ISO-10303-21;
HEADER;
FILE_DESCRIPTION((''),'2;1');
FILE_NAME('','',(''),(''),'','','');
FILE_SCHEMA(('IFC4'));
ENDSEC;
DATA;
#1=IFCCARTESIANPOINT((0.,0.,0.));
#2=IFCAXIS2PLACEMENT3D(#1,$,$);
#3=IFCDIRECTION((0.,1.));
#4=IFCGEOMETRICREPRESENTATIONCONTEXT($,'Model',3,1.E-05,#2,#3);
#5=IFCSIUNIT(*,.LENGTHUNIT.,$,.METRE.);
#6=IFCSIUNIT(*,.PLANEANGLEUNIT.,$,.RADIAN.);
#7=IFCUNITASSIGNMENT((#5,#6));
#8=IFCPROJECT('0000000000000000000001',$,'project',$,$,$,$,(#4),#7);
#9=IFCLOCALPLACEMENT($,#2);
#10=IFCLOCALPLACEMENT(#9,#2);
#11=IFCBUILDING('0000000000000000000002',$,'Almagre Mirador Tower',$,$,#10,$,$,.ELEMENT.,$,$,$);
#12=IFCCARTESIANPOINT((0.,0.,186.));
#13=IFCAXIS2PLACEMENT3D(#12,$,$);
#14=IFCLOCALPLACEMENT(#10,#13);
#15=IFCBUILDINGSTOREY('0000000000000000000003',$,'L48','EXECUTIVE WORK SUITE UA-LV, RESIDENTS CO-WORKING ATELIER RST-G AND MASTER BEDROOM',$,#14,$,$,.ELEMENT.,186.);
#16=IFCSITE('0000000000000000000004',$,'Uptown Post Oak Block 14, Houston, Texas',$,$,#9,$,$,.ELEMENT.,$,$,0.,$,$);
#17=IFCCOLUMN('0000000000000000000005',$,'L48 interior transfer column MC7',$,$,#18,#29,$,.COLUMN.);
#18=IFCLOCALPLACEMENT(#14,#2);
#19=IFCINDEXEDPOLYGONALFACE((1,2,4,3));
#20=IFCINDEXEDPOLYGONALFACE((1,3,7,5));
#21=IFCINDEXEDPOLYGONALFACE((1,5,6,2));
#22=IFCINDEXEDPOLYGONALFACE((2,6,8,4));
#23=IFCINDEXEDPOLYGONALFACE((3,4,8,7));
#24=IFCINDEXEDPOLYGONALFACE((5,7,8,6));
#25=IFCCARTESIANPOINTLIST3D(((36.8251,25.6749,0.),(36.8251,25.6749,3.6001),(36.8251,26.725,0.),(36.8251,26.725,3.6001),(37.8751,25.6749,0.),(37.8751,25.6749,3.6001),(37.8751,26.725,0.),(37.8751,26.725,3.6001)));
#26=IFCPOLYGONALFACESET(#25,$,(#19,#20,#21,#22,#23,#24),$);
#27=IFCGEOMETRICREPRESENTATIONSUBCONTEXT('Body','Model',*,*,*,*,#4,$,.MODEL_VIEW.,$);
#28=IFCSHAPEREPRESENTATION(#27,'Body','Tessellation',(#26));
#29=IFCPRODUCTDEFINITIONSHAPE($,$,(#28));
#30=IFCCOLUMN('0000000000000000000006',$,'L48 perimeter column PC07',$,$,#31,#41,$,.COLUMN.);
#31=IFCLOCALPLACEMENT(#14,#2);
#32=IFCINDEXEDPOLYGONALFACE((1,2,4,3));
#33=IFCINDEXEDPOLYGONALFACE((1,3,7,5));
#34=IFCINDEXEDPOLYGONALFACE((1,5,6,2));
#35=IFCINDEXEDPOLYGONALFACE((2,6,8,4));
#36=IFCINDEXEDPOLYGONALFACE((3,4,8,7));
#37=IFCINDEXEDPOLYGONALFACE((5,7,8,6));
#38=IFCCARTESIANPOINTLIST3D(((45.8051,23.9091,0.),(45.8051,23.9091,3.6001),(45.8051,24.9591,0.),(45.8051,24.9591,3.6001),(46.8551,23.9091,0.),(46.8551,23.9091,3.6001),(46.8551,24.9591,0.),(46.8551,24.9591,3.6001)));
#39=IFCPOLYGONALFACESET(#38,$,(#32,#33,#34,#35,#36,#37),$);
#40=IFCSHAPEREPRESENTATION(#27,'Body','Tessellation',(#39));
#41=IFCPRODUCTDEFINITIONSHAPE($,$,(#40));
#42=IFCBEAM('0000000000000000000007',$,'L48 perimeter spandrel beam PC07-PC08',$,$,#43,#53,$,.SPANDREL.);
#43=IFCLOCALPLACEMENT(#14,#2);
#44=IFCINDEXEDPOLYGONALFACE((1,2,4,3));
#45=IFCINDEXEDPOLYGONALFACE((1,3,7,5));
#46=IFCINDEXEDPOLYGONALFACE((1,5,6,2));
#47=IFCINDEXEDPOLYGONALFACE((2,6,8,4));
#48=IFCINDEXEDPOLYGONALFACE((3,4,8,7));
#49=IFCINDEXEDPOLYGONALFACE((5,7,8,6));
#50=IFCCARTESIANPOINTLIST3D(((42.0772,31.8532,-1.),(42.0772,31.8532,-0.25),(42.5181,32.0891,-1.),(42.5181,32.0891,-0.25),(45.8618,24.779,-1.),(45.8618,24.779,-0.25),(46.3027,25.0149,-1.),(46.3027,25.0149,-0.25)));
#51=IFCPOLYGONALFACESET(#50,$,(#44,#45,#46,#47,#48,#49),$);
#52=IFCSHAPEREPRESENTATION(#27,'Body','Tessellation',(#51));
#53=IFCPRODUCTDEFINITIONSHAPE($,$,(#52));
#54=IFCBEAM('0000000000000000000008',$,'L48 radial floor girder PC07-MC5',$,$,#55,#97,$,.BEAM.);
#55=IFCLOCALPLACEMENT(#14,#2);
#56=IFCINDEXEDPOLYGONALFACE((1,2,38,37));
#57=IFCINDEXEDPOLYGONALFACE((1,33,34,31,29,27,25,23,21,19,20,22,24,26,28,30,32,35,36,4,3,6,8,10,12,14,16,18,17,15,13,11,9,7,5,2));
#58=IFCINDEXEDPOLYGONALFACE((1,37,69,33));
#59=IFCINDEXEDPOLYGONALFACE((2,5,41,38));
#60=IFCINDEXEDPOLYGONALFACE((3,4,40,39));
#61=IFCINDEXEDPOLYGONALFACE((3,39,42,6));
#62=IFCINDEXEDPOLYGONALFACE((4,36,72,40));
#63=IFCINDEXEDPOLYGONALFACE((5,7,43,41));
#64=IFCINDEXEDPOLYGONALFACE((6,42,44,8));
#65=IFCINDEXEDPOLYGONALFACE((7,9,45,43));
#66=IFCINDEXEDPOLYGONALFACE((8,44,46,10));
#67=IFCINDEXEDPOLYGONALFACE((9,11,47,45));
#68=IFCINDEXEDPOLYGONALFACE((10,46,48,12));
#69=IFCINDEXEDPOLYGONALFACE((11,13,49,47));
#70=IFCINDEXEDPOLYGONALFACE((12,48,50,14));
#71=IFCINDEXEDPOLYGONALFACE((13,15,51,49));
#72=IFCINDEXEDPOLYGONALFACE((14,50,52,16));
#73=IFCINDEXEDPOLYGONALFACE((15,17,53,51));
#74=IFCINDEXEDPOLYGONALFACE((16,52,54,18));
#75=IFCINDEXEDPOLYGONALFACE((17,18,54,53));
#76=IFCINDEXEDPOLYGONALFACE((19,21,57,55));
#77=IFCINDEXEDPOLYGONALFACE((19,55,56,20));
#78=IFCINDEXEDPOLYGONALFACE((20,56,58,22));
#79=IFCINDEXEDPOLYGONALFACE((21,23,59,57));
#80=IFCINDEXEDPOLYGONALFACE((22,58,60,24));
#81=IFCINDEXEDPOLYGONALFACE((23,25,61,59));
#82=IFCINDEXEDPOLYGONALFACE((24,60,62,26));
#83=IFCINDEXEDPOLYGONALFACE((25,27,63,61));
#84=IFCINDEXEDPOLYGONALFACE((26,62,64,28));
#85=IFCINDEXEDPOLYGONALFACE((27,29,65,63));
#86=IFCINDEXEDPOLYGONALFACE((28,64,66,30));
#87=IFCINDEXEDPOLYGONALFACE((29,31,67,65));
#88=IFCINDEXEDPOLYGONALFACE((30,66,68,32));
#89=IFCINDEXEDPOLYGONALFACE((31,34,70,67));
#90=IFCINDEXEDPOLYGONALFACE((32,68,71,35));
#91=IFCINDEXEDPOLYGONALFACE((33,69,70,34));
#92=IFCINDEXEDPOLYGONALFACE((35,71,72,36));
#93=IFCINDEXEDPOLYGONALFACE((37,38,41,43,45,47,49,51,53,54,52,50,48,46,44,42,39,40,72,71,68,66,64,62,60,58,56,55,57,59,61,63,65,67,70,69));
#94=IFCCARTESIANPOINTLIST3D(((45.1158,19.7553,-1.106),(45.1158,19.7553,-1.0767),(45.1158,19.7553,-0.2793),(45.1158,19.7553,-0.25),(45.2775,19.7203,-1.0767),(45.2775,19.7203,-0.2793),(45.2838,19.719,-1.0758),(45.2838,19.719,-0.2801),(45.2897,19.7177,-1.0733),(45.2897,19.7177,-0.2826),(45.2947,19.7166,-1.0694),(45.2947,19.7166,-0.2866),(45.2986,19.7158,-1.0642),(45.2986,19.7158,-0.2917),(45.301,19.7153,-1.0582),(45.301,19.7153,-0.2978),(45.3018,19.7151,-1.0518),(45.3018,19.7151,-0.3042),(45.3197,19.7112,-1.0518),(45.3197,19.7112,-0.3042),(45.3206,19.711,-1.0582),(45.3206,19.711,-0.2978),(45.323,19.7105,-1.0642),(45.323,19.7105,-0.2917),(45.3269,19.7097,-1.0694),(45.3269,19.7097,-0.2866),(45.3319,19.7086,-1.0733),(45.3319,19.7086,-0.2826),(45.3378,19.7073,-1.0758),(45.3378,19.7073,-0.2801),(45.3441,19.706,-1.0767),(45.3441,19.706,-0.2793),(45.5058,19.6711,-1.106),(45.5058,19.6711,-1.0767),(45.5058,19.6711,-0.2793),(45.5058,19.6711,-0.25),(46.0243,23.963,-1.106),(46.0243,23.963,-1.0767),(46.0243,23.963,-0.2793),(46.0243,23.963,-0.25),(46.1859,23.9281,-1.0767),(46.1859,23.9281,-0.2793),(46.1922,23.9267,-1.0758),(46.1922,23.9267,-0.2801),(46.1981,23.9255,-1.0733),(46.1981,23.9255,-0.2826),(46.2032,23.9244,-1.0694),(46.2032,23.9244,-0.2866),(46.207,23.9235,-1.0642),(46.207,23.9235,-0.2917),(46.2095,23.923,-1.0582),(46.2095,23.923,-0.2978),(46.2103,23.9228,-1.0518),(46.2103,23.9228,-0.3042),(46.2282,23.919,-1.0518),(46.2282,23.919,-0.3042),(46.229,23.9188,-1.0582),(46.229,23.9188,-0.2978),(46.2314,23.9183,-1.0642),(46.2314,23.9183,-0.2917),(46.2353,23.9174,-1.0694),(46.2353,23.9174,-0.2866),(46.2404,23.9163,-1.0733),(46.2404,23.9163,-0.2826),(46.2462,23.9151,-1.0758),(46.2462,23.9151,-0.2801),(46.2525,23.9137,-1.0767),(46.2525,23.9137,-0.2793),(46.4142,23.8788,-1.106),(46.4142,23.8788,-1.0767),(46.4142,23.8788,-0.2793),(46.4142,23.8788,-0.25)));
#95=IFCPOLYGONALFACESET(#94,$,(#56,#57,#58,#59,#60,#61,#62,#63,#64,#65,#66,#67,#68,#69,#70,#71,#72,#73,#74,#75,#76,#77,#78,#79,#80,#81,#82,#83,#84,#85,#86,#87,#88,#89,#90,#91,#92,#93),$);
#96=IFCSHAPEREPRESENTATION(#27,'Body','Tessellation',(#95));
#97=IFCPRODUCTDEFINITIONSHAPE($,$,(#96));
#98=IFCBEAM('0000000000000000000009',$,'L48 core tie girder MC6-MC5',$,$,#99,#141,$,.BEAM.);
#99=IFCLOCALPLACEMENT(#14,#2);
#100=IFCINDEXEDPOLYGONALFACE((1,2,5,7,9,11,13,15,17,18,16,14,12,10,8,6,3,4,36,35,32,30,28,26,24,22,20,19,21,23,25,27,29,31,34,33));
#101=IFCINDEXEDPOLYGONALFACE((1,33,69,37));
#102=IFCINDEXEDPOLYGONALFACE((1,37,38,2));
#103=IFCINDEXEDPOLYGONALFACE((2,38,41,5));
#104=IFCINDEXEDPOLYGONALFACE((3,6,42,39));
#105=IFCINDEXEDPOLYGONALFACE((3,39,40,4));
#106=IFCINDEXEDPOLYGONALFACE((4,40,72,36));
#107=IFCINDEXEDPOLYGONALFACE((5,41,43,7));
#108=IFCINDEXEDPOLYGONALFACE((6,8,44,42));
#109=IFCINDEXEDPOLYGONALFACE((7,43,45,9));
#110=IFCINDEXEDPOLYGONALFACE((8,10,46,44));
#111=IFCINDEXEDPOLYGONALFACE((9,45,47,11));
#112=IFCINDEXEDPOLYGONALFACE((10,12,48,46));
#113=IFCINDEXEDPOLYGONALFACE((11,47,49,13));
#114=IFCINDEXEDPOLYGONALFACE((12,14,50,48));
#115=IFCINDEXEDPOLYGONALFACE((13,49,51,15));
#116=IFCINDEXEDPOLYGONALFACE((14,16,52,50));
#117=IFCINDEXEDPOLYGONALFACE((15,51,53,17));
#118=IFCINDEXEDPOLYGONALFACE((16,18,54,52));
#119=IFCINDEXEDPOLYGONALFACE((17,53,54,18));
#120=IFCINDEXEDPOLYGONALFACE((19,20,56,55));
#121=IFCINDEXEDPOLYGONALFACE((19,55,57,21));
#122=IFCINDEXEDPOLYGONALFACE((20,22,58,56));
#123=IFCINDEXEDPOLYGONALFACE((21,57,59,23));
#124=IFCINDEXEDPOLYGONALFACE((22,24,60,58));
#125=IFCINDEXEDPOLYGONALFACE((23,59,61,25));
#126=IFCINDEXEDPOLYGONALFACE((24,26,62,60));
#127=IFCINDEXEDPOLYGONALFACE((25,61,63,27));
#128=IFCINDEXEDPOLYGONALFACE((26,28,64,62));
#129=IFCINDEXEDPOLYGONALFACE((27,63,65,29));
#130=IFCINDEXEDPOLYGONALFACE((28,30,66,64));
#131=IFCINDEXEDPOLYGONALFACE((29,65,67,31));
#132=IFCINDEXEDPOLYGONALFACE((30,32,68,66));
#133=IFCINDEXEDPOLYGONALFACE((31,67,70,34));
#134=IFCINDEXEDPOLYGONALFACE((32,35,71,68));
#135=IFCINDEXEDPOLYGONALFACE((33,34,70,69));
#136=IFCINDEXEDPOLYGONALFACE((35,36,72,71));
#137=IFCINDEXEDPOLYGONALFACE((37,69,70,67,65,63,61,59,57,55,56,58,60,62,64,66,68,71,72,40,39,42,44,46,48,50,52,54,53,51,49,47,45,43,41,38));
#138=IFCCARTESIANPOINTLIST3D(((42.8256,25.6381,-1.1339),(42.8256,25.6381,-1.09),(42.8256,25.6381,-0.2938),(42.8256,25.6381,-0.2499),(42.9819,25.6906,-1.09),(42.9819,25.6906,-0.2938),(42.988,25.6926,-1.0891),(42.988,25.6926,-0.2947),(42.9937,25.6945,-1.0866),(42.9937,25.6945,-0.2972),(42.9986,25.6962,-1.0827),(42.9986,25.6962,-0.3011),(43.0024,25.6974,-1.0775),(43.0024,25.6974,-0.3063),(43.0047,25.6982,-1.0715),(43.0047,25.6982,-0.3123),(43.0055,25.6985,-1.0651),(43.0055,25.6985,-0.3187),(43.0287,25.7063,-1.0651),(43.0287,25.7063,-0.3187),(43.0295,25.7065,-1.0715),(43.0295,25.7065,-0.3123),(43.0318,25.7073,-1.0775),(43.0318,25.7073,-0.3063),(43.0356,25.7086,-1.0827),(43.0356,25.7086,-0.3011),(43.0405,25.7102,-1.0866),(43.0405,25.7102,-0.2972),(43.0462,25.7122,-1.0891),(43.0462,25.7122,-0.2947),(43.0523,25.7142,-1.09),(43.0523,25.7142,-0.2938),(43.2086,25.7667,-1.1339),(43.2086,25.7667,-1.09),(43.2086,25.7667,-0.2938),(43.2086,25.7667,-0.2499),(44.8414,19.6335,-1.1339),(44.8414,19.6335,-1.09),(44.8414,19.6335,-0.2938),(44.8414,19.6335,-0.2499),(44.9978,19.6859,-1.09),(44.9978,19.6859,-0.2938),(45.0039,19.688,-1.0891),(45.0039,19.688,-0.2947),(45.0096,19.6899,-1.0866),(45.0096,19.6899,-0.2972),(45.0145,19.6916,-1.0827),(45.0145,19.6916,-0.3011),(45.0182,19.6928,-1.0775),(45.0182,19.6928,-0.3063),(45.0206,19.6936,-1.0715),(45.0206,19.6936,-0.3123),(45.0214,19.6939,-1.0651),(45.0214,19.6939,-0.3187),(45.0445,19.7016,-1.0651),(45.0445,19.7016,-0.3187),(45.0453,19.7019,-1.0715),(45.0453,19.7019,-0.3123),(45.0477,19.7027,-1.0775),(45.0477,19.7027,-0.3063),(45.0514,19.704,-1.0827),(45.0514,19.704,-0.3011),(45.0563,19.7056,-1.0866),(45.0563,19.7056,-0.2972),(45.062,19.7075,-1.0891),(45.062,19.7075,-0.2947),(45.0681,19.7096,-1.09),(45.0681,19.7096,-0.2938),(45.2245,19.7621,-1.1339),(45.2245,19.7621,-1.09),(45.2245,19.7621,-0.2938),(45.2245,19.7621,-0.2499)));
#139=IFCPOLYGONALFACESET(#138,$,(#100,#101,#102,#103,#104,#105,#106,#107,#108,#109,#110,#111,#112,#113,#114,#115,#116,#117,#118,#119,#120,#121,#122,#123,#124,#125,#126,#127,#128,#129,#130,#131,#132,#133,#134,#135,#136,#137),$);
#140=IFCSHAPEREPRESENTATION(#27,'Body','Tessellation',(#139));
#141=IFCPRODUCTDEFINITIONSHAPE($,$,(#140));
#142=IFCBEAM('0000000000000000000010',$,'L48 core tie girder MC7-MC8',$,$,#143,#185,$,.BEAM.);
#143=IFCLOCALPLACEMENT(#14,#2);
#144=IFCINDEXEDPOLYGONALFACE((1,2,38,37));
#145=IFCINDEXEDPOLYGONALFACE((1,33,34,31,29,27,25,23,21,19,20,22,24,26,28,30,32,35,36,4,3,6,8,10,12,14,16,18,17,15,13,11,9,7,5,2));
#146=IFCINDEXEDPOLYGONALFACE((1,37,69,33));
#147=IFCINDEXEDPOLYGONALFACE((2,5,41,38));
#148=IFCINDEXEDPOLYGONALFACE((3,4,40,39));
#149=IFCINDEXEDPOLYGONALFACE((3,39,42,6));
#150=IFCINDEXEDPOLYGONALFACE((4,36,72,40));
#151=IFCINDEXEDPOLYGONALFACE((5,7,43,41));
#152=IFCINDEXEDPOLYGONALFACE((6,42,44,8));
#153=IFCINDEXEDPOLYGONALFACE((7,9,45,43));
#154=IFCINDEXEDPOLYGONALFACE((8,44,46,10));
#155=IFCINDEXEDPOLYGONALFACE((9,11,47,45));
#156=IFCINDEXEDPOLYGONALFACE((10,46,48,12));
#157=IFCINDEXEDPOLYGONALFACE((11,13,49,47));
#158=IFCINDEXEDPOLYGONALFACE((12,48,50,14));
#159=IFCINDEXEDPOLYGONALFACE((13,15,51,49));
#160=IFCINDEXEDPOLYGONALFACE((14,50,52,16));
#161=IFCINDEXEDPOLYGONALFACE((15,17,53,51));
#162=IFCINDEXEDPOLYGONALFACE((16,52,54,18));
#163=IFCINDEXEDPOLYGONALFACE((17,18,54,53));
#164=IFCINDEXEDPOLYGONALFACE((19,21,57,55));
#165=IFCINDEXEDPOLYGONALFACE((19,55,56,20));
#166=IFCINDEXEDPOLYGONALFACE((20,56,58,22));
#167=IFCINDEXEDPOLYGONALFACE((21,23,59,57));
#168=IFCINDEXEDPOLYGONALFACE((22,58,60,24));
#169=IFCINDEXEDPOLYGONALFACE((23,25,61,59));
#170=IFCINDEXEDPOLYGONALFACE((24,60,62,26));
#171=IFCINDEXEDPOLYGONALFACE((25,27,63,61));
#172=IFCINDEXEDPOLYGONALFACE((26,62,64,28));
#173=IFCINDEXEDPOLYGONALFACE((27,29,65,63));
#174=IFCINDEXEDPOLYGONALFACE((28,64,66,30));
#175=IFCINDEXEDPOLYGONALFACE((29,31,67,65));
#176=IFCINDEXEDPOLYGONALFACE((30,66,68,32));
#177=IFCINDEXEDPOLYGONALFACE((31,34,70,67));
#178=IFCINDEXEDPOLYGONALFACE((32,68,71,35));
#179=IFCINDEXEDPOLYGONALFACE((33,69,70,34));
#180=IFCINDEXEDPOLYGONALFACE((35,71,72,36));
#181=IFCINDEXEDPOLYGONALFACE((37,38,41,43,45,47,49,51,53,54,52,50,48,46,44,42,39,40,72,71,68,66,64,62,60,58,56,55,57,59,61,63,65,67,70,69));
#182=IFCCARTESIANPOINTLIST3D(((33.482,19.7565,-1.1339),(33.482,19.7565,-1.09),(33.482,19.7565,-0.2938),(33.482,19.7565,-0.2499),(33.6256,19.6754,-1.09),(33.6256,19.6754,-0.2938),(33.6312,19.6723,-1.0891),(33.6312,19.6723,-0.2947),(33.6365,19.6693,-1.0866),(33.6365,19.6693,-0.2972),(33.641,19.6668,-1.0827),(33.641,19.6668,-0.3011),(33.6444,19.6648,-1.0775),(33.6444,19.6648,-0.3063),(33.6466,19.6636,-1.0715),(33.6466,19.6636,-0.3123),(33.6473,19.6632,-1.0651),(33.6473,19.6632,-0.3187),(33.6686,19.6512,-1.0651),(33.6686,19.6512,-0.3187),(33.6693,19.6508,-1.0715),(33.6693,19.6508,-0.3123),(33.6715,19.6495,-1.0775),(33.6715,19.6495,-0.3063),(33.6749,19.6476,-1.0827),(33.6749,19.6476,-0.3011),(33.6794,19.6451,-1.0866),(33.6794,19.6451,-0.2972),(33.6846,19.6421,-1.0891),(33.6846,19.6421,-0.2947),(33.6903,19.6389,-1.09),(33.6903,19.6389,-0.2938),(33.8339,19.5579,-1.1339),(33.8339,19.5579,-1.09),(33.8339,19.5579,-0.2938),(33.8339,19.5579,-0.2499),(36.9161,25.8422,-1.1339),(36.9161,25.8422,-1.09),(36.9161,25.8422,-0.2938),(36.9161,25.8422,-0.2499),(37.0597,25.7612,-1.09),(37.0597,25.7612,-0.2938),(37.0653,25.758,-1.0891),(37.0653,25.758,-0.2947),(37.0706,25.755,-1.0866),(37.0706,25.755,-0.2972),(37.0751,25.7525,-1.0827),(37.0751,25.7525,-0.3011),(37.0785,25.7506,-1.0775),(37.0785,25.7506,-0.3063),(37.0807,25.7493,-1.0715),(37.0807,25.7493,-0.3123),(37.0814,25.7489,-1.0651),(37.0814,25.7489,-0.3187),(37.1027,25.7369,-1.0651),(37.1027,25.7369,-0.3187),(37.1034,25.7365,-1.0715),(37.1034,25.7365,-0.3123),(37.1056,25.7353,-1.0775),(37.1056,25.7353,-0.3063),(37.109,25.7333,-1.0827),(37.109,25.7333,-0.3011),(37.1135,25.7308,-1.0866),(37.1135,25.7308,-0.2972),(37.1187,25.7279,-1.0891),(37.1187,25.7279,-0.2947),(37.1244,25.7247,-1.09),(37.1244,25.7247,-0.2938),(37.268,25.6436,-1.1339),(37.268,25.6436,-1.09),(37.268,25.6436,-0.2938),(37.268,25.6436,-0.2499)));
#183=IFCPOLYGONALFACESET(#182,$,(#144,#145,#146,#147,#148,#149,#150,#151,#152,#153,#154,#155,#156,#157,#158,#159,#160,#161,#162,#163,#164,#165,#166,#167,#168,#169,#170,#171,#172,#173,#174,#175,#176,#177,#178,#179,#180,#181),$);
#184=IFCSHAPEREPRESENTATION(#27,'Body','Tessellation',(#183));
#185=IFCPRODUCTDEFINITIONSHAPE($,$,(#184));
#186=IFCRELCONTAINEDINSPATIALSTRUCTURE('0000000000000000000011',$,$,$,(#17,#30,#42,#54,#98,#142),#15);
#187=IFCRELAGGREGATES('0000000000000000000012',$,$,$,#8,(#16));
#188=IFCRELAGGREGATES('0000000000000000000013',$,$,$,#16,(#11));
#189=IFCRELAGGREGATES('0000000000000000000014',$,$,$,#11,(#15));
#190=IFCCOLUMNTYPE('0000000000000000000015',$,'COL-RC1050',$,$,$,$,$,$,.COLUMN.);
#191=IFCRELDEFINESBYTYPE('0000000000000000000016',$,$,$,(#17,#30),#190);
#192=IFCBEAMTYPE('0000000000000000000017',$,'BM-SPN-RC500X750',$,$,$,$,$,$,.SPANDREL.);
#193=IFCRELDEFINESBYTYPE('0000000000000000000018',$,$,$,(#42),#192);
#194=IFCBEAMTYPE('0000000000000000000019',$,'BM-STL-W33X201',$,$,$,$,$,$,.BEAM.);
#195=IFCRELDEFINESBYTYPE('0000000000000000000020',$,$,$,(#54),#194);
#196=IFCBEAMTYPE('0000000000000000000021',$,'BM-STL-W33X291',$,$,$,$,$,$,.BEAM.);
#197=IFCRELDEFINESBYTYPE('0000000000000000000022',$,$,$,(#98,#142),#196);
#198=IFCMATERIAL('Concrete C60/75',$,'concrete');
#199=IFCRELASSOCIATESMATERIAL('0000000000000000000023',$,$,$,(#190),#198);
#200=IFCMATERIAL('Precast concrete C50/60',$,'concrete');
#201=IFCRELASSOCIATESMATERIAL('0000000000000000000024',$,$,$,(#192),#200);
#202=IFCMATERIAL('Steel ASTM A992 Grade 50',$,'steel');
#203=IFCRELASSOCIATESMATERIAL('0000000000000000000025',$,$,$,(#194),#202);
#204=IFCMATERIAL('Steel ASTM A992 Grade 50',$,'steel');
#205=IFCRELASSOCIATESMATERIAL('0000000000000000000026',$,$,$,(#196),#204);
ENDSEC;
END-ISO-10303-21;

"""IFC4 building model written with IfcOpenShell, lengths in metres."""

from ifc_helpers import new_model, si_unit, direction, frame, origin, origin_2d, place, context, subcontext, project, spatial, rectangle, i_section, extrude, material, material_profile, profile_set, type_object, element, save


model = new_model("IFC4")

# Units and contexts
model_context = context("Model", 3, precision=1e-05, world=origin(), true_north=direction((0.0, 1.0)))
body_context = subcontext(model_context, "Body", "Model", "MODEL_VIEW")
ifc_project = project(units=[si_unit("LENGTHUNIT", "METRE"), si_unit("PLANEANGLEUNIT", "RADIAN")], contexts=[model_context])

# Site, building, storey
site_placement = place(None, origin())
site = spatial("IfcSite", under=ifc_project, at=site_placement, Name="Uptown Post Oak Block 14, Houston, Texas", CompositionType="ELEMENT", RefElevation=0.0)
building_placement = place(site_placement, origin())
building = spatial("IfcBuilding", under=site, at=building_placement, Name="Almagre Mirador Tower", CompositionType="ELEMENT")
storey_placement = place(building_placement, frame((0.0, 0.0, 186.0)))
storey = spatial("IfcBuildingStorey", under=building, at=storey_placement, Name="L48", Description="EXECUTIVE WORK SUITE UA-LV, RESIDENTS CO-WORKING ATELIER RST-G AND MASTER BEDROOM", CompositionType="ELEMENT", Elevation=186.0)

# Columns
ifc_material_1 = material(Name="Concrete C60/75", Category="concrete")
ifc_material_profile_1 = material_profile(ifc_material_1, rectangle(XDim=1.05, YDim=1.05, at=origin_2d()), Name="RC1050X1050")
ifc_profile_set_1 = profile_set([ifc_material_profile_1], Name="Concrete C60/75")
column_type = type_object("IfcColumnType", Name="COL-RC1050", PredefinedType="COLUMN", material=ifc_profile_set_1)
for number, where, z_axis, x_axis, name in (
    (1, (37.3501, 26.2, 0.0), (0.0, 0.0, 1.0), (1.0, 0.0, 0.0), "L48 interior transfer column MC7"),
    (2, (46.3301, 24.4341, 0.0), (0.0, 0.0, 1.0), (1.0, 0.0, 0.0), "L48 perimeter column PC07"),
):
    element("IfcColumn", number, at=place(storey_placement, frame(where, z_axis=z_axis, x_axis=x_axis)), inside=storey, type_object=column_type, Name=name, PredefinedType="COLUMN", context=body_context, shape_type="SweptSolid", body=[
        extrude(rectangle(XDim=1.05, YDim=1.05, at=origin_2d()), origin(), (0.0, 0.0, 1.0), 3.6001),
    ])

# Beams
ifc_material_2 = material(Name="Precast concrete C50/60", Category="concrete")
ifc_material_profile_2 = material_profile(ifc_material_2, rectangle(XDim=0.5, YDim=0.75, at=origin_2d()), Name="RC500X750")
ifc_profile_set_2 = profile_set([ifc_material_profile_2], Name="Precast concrete C50/60")
beam_type_1 = type_object("IfcBeamType", Name="BM-SPN-RC500X750", PredefinedType="SPANDREL", material=ifc_profile_set_2)
beam_1_placement = place(storey_placement, frame((46.0823, 24.897, -0.625), z_axis=(-0.471728, 0.881744, 0.0), x_axis=(-0.881744, -0.471728, 0.0)))
element("IfcBeam", 3, at=beam_1_placement, inside=storey, type_object=beam_type_1, Name="L48 perimeter spandrel beam PC07-PC08", PredefinedType="SPANDREL", context=body_context, shape_type="SweptSolid", body=[
    extrude(rectangle(XDim=0.5, YDim=0.75, at=origin_2d()), origin(), (0.0, 0.0, 1.0), 8.0229),
])
ifc_material_3 = material(Name="Steel ASTM A992 Grade 50", Category="steel")
ifc_material_profile_3 = material_profile(ifc_material_3, i_section(OverallWidth=0.3989, OverallDepth=0.856, WebThickness=0.0183, FlangeThickness=0.0293, FilletRadius=0.0249, at=origin_2d()), Name="W33X201")
ifc_profile_set_3 = profile_set([ifc_material_profile_3], Name="Steel ASTM A992 Grade 50")
beam_type_2 = type_object("IfcBeamType", Name="BM-STL-W33X201", PredefinedType="BEAM", material=ifc_profile_set_3)
beam_2_placement = place(storey_placement, frame((46.2192, 23.9209, -0.678), z_axis=(-0.211036, -0.977478, 0.0), x_axis=(0.977478, -0.211036, 0.0)))
element("IfcBeam", 4, at=beam_2_placement, inside=storey, type_object=beam_type_2, Name="L48 radial floor girder PC07-MC5", PredefinedType="BEAM", context=body_context, shape_type="SweptSolid", body=[
    extrude(i_section(OverallWidth=0.3989, OverallDepth=0.856, WebThickness=0.0183, FlangeThickness=0.0293, FilletRadius=0.0249, at=origin_2d()), origin(), (0.0, 0.0, 1.0), 4.3047),
])
ifc_material_4 = material(Name="Steel ASTM A992 Grade 50", Category="steel")
ifc_material_profile_4 = material_profile(ifc_material_4, i_section(OverallWidth=0.4041, OverallDepth=0.884, WebThickness=0.0244, FlangeThickness=0.0439, FilletRadius=0.0249, at=origin_2d()), Name="W33X291")
ifc_profile_set_4 = profile_set([ifc_material_profile_4], Name="Steel ASTM A992 Grade 50")
beam_type_3 = type_object("IfcBeamType", Name="BM-STL-W33X291", PredefinedType="BEAM", material=ifc_profile_set_4)
beam_3_placement = place(storey_placement, frame((43.0171, 25.7024, -0.6919), z_axis=(0.318262, -0.948003, 0.0), x_axis=(0.948003, 0.318262, 0.0)))
element("IfcBeam", 5, at=beam_3_placement, inside=storey, type_object=beam_type_3, Name="L48 core tie girder MC6-MC5", PredefinedType="BEAM", context=body_context, shape_type="SweptSolid", body=[
    extrude(i_section(OverallWidth=0.4041, OverallDepth=0.884, WebThickness=0.0244, FlangeThickness=0.0439, FilletRadius=0.0249, at=origin_2d()), origin(), (0.0, 0.0, 1.0), 6.334),
])
beam_4_placement = place(storey_placement, frame((37.092, 25.7429, -0.6919), z_axis=(-0.491444, -0.870909, 0.0), x_axis=(0.870909, -0.491444, 0.0)))
element("IfcBeam", 6, at=beam_4_placement, inside=storey, type_object=beam_type_3, Name="L48 core tie girder MC7-MC8", PredefinedType="BEAM", context=body_context, shape_type="SweptSolid", body=[
    extrude(i_section(OverallWidth=0.4041, OverallDepth=0.884, WebThickness=0.0244, FlangeThickness=0.0439, FilletRadius=0.0249, at=origin_2d()), origin(), (0.0, 0.0, 1.0), 6.9878),
])

save(model, "model.ifc")
